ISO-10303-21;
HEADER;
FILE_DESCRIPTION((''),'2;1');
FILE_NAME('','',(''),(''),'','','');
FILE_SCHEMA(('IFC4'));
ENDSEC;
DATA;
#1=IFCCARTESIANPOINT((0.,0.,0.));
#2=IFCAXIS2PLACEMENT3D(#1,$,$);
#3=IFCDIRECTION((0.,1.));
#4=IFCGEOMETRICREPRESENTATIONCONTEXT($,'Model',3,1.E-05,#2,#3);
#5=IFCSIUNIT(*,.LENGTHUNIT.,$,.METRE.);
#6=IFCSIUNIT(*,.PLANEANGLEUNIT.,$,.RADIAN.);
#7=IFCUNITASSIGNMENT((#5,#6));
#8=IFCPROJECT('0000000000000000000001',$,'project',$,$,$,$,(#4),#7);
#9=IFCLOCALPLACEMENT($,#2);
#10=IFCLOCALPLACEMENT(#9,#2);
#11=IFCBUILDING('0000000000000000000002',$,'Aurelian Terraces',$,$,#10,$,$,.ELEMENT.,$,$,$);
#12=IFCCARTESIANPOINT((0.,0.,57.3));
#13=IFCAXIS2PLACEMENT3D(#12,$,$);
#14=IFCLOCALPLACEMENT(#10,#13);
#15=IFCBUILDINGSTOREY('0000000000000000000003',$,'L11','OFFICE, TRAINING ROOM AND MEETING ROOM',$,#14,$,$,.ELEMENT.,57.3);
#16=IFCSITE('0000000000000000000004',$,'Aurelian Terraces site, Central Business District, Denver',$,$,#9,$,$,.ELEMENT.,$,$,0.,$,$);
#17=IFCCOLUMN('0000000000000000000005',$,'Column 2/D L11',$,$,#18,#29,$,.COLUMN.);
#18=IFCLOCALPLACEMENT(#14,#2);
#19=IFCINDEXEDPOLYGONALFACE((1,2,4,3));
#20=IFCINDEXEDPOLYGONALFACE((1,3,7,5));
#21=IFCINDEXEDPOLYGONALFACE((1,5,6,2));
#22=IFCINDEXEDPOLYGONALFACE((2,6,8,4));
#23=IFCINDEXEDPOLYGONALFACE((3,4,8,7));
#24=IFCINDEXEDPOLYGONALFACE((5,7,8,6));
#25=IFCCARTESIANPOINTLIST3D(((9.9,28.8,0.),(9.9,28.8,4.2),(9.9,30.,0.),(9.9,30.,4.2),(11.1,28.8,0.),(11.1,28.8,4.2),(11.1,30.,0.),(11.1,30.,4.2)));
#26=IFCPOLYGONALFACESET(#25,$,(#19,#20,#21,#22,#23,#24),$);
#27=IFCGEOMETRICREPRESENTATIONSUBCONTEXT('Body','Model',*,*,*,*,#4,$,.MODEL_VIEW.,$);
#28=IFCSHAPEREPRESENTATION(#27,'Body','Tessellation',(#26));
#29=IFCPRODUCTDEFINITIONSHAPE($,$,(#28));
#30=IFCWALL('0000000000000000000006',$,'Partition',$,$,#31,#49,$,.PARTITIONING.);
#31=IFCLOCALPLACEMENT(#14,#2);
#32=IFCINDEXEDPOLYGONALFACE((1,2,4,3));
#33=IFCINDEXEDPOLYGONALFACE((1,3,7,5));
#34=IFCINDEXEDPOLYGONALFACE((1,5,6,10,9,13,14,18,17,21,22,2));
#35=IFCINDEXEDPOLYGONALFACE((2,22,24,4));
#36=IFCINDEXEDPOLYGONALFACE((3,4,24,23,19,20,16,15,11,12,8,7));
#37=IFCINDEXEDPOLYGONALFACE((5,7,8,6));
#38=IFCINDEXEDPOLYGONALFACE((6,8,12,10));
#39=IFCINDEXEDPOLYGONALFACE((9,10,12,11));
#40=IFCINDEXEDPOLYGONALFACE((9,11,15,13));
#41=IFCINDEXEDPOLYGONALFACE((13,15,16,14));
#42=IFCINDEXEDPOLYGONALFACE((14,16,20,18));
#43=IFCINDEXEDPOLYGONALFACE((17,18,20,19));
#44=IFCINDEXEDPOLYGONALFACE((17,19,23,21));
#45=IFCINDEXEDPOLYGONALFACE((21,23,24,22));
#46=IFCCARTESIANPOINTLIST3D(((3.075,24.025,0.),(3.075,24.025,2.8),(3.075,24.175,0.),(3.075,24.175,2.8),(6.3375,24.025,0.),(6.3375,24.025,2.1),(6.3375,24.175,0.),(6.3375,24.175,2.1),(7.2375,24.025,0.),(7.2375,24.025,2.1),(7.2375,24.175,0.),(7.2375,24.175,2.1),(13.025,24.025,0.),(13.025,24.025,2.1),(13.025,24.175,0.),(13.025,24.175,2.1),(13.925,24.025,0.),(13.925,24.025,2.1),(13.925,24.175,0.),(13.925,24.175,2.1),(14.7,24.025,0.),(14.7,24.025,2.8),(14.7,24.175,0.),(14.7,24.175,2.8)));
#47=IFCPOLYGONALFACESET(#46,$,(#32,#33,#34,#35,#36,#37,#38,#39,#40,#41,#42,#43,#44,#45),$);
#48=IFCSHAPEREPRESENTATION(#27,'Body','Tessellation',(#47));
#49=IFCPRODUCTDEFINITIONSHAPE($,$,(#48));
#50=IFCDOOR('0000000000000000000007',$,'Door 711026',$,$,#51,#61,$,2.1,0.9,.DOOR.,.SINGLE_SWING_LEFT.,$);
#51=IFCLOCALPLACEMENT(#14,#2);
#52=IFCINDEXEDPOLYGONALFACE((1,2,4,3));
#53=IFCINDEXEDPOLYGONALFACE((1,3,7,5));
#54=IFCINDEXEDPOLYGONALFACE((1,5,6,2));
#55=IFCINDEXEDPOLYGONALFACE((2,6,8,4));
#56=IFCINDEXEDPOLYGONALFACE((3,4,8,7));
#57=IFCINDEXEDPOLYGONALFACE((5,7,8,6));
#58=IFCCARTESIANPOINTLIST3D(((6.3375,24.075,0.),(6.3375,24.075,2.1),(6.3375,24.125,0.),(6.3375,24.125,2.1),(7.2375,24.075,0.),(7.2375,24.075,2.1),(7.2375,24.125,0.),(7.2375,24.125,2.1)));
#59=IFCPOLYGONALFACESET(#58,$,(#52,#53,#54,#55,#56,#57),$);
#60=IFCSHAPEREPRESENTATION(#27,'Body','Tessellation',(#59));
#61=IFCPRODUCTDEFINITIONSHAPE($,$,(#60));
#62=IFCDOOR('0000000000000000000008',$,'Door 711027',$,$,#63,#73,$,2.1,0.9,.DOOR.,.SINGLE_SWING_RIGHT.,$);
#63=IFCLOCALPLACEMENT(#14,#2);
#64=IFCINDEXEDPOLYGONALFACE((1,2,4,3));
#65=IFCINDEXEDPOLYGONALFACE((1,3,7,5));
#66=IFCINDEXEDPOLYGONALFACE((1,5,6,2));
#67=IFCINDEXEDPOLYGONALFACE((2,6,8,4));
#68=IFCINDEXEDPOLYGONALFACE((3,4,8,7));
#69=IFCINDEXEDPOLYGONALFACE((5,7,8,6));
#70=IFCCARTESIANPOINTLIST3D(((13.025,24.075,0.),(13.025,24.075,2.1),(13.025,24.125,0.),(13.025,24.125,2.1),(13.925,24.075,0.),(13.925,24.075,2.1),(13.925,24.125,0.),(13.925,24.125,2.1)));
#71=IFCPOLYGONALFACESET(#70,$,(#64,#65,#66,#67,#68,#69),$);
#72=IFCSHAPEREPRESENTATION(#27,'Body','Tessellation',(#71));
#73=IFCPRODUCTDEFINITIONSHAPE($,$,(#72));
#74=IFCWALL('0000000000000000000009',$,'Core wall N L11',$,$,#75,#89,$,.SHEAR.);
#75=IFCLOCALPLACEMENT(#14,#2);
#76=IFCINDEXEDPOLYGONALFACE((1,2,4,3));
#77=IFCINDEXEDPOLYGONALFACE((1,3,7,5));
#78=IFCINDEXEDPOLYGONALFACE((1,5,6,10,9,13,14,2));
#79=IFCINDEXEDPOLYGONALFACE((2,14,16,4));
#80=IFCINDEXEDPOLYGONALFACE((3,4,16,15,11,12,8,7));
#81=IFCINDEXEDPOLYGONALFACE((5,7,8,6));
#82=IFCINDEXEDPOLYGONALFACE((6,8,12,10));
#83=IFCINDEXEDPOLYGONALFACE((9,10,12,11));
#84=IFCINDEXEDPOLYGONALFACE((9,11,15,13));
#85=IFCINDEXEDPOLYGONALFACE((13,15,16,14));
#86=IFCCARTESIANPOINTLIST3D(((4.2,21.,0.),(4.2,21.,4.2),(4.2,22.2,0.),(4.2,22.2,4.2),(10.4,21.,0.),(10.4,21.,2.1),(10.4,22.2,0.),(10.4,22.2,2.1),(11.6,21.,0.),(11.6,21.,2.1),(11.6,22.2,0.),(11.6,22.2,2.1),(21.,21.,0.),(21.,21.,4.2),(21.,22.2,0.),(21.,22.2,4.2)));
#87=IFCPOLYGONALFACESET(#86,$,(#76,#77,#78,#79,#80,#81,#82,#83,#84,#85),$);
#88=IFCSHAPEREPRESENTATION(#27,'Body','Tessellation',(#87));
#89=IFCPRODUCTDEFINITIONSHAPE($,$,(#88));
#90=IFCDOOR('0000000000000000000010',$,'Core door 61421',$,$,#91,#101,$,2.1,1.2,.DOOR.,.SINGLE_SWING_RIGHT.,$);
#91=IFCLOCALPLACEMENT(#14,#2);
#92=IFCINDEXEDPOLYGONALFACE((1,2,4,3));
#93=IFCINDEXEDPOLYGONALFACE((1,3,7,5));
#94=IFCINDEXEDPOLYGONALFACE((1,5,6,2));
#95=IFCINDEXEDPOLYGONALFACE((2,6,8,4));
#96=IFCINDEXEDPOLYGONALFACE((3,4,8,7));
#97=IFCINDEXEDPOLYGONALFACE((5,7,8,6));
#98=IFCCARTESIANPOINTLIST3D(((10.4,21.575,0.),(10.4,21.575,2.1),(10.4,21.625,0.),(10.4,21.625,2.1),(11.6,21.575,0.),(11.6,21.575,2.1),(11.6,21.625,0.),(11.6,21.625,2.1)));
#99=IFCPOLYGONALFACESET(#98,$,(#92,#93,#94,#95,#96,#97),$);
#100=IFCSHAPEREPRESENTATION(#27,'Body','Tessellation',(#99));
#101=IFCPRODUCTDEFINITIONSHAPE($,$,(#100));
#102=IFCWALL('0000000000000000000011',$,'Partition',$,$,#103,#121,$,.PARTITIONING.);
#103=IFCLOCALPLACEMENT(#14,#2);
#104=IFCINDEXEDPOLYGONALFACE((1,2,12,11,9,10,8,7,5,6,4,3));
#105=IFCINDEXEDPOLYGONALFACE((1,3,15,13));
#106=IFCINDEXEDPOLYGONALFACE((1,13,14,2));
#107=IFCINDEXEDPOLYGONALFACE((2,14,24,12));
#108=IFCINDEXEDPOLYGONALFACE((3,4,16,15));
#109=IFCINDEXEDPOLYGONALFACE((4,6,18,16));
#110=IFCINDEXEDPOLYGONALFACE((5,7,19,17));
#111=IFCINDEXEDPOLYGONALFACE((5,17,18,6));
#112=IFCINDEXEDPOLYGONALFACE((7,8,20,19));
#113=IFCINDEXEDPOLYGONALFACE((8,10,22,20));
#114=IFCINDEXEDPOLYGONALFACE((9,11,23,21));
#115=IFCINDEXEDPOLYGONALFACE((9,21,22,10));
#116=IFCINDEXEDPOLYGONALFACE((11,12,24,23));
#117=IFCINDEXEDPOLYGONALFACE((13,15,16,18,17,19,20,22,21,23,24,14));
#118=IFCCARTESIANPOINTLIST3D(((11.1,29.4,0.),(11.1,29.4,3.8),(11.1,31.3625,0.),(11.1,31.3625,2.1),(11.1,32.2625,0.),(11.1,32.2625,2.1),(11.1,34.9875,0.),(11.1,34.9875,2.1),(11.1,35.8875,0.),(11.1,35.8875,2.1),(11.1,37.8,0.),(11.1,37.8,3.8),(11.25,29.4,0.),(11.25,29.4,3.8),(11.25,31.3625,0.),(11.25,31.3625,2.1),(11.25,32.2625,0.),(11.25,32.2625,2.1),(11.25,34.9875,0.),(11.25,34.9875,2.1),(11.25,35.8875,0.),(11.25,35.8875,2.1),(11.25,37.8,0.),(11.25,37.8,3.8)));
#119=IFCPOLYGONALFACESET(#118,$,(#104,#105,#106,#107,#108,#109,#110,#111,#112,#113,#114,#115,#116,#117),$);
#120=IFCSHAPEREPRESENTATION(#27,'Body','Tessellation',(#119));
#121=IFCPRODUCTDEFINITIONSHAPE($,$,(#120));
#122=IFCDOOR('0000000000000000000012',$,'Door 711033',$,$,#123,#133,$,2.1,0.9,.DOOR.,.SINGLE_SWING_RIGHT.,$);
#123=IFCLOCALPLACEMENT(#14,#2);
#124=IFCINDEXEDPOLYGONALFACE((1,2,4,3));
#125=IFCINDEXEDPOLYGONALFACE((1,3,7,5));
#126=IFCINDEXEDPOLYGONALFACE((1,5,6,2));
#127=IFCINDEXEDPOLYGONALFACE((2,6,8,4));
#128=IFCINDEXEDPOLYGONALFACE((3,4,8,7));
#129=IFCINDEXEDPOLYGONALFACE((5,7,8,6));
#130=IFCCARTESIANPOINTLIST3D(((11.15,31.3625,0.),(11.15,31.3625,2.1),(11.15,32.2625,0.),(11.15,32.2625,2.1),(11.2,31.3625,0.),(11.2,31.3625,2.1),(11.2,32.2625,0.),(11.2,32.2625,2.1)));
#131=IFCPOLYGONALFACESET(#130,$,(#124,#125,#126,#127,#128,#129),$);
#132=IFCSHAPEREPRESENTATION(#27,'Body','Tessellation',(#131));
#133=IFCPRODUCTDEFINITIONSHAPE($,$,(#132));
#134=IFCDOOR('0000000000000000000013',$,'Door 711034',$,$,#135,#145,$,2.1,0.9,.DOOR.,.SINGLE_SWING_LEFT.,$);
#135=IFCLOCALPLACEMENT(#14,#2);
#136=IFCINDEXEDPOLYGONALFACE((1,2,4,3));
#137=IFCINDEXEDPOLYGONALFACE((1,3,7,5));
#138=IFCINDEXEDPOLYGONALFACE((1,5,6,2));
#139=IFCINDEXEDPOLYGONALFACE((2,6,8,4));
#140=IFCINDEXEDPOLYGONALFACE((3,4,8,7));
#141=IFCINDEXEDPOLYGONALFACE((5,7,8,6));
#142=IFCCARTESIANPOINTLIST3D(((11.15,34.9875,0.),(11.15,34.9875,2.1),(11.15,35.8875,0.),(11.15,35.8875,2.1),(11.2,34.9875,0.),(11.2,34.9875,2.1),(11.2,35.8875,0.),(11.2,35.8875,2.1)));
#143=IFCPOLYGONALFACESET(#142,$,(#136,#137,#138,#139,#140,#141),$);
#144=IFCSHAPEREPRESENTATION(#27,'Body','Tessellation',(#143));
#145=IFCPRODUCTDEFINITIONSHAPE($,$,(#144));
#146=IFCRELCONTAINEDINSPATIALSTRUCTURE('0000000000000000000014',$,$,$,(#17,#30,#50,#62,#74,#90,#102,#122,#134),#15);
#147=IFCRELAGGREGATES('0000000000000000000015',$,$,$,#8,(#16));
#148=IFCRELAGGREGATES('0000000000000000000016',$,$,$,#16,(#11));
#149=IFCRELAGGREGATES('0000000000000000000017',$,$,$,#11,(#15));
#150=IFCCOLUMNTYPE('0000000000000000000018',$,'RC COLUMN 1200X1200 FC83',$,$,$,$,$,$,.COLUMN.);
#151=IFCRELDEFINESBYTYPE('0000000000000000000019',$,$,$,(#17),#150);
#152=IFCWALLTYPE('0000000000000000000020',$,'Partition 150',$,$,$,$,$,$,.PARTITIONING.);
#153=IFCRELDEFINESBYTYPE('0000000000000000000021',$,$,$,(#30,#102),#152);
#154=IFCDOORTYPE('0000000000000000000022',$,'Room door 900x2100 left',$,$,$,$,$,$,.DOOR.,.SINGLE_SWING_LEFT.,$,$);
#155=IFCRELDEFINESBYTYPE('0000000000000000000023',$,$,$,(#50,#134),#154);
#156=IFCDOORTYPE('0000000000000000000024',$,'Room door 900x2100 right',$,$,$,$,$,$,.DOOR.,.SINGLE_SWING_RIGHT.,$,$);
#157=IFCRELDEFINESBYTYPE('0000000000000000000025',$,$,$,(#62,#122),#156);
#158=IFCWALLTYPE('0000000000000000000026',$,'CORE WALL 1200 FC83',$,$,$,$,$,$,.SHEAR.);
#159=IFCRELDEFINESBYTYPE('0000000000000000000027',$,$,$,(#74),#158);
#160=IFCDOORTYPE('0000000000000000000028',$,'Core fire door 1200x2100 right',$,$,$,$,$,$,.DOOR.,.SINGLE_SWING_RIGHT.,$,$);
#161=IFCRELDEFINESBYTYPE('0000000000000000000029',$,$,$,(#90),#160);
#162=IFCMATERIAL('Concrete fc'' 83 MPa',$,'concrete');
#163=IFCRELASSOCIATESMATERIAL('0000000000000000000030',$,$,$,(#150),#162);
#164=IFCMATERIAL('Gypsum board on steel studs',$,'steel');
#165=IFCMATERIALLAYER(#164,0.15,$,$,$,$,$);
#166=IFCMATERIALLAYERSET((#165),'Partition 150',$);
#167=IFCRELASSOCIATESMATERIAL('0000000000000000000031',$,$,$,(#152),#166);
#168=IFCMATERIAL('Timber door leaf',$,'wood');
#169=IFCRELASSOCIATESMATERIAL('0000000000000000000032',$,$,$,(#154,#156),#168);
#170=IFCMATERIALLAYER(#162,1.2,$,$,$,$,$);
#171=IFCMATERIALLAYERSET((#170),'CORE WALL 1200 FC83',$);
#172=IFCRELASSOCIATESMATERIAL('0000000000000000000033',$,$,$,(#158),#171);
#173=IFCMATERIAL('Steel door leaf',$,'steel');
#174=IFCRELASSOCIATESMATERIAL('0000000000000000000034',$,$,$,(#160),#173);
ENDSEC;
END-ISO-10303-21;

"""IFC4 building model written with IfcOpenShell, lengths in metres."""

from ifc_helpers import new_model, si_unit, direction, frame, frame_2d, origin, origin_2d, place, context, subcontext, project, spatial, rectangle, extrude, source, transform, mapped, material, layer, layer_set, material_profile, profile_set, type_object, element, fill, save


model = new_model("IFC4")

# Units and contexts
model_context = context("Model", 3, precision=1e-05, world=origin(), true_north=direction((0.0, 1.0)))
body_context = subcontext(model_context, "Body", "Model", "MODEL_VIEW")
ifc_project = project(units=[si_unit("LENGTHUNIT", "METRE"), si_unit("PLANEANGLEUNIT", "RADIAN")], contexts=[model_context])

# Site, building, storey
site_placement = place(None, origin())
site = spatial("IfcSite", under=ifc_project, at=site_placement, Name="Aurelian Terraces site, Central Business District, Denver", CompositionType="ELEMENT", RefElevation=0.0)
building_placement = place(site_placement, origin())
building = spatial("IfcBuilding", under=site, at=building_placement, Name="Aurelian Terraces", CompositionType="ELEMENT")
storey_placement = place(building_placement, frame((0.0, 0.0, 57.3)))
storey = spatial("IfcBuildingStorey", under=building, at=storey_placement, Name="L11", Description="OFFICE, TRAINING ROOM AND MEETING ROOM", CompositionType="ELEMENT", Elevation=57.3)

# Column
ifc_material_1 = material(Name="Concrete fc' 83 MPa", Category="concrete")
ifc_material_profile = material_profile(ifc_material_1, rectangle(XDim=1.2, YDim=1.2, at=origin_2d()))
ifc_profile_set = profile_set([ifc_material_profile], Name="Concrete fc' 83 MPa")
column_type = type_object("IfcColumnType", Name="RC COLUMN 1200X1200 FC83", PredefinedType="COLUMN", material=ifc_profile_set)
shared_shape_1 = source(origin(), body_context, "Body", "SweptSolid", [
    extrude(rectangle(XDim=1.2, YDim=1.2, at=origin_2d()), origin(), (0.0, 0.0, 1.0), 4.2),
])
column_placement = place(storey_placement, frame((10.5, 29.4, 0.0), z_axis=(0.0, 0.0, 1.0), x_axis=(1.0, 0.0, 0.0)))
element("IfcColumn", 1, at=column_placement, inside=storey, type_object=column_type, Name="Column 2/D L11", PredefinedType="COLUMN", context=body_context, shape_type="MappedRepresentation", body=[
    mapped(shared_shape_1, transform((0.0, 0.0, 0.0), scale=1.0)),
])

# Wall, openings, doors
ifc_material_2 = material(Name="Gypsum board on steel studs", Category="steel")
ifc_layer_1 = layer(ifc_material_2, 0.15)
ifc_layer_set_1 = layer_set([ifc_layer_1], Name="Partition 150")
wall_type_1 = type_object("IfcWallType", Name="Partition 150", PredefinedType="PARTITIONING", material=ifc_layer_set_1)
wall_1_placement = place(storey_placement, frame((3.075, 24.1, 0.0), z_axis=(0.0, 0.0, 1.0), x_axis=(1.0, 0.0, 0.0)))
wall_1 = element("IfcWall", 2, at=wall_1_placement, inside=storey, type_object=wall_type_1, Name="Partition", PredefinedType="PARTITIONING", context=body_context, shape_type="SweptSolid", body=[
    extrude(rectangle(XDim=11.625, YDim=0.15, at=frame_2d((5.8125, 0.0))), origin(), (0.0, 0.0, 1.0), 2.8),
])
shared_shape_2 = source(origin(), body_context, "Body", "SweptSolid", [
    extrude(rectangle(XDim=0.9, YDim=2.1, at=frame_2d((0.45, 1.05))), frame((0.0, 0.085, 0.0), z_axis=(0.0, -1.0, 0.0), x_axis=(1.0, 0.0, 0.0)), (0.0, 0.0, 1.0), 0.17),
])
opening_1_placement = place(wall_1_placement, frame((3.2625, 0.0, 0.0)))
opening_1 = element("IfcOpeningElement", 3, at=opening_1_placement, cuts=wall_1, PredefinedType="OPENING", context=body_context, shape_type="MappedRepresentation", body=[
    mapped(shared_shape_2, transform((0.0, 0.0, 0.0), scale=1.0)),
])
opening_2_placement = place(wall_1_placement, frame((9.95, 0.0, 0.0)))
opening_2 = element("IfcOpeningElement", 4, at=opening_2_placement, cuts=wall_1, PredefinedType="OPENING", context=body_context, shape_type="MappedRepresentation", body=[
    mapped(shared_shape_2, transform((0.0, 0.0, 0.0), scale=1.0)),
])
ifc_material_3 = material(Name="Timber door leaf", Category="wood")
door_type_1 = type_object("IfcDoorType", Name="Room door 900x2100 left", OperationType="SINGLE_SWING_LEFT", PredefinedType="DOOR", material=ifc_material_3)
shared_shape_3 = source(origin(), body_context, "Body", "SweptSolid", [
    extrude(rectangle(XDim=0.9, YDim=2.1, at=frame_2d((0.45, 1.05))), frame((0.0, 0.025, 0.0), z_axis=(0.0, -1.0, 0.0), x_axis=(1.0, 0.0, 0.0)), (0.0, 0.0, 1.0), 0.05),
])
door_1_placement = place(opening_1_placement, origin())
door_1 = element("IfcDoor", 5, at=door_1_placement, inside=storey, type_object=door_type_1, Name="Door 711026", OperationType="SINGLE_SWING_LEFT", OverallHeight=2.1, OverallWidth=0.9, PredefinedType="DOOR", context=body_context, shape_type="MappedRepresentation", body=[
    mapped(shared_shape_3, transform((0.0, 0.0, 0.0), scale=1.0)),
])
fill(opening_1, door_1)
door_type_2 = type_object("IfcDoorType", Name="Room door 900x2100 right", OperationType="SINGLE_SWING_RIGHT", PredefinedType="DOOR", material=ifc_material_3)
door_2_placement = place(opening_2_placement, origin())
door_2 = element("IfcDoor", 6, at=door_2_placement, inside=storey, type_object=door_type_2, Name="Door 711027", OperationType="SINGLE_SWING_RIGHT", OverallHeight=2.1, OverallWidth=0.9, PredefinedType="DOOR", context=body_context, shape_type="MappedRepresentation", body=[
    mapped(shared_shape_3, transform((0.0, 0.0, 0.0), scale=1.0)),
])
fill(opening_2, door_2)

# Wall, opening, door
ifc_layer_2 = layer(ifc_material_1, 1.2)
ifc_layer_set_2 = layer_set([ifc_layer_2], Name="CORE WALL 1200 FC83")
wall_type_2 = type_object("IfcWallType", Name="CORE WALL 1200 FC83", PredefinedType="SHEAR", material=ifc_layer_set_2)
shared_shape_4 = source(origin(), body_context, "Body", "SweptSolid", [
    extrude(rectangle(XDim=16.8, YDim=1.2, at=frame_2d((8.4, 0.0))), origin(), (0.0, 0.0, 1.0), 4.2),
])
wall_2_placement = place(storey_placement, frame((4.2, 21.6, 0.0), z_axis=(0.0, 0.0, 1.0), x_axis=(1.0, 0.0, 0.0)))
wall_2 = element("IfcWall", 7, at=wall_2_placement, inside=storey, type_object=wall_type_2, Name="Core wall N L11", PredefinedType="SHEAR", context=body_context, shape_type="MappedRepresentation", body=[
    mapped(shared_shape_4, transform((0.0, 0.0, 0.0), scale=1.0)),
])
shared_shape_5 = source(origin(), body_context, "Body", "SweptSolid", [
    extrude(rectangle(XDim=1.2, YDim=2.1, at=frame_2d((0.6, 1.05))), frame((0.0, 0.61, 0.0), z_axis=(0.0, -1.0, 0.0), x_axis=(1.0, 0.0, 0.0)), (0.0, 0.0, 1.0), 1.22),
])
opening_3_placement = place(wall_2_placement, frame((6.2, 0.0, 0.0)))
opening_3 = element("IfcOpeningElement", 8, at=opening_3_placement, cuts=wall_2, PredefinedType="OPENING", context=body_context, shape_type="MappedRepresentation", body=[
    mapped(shared_shape_5, transform((0.0, 0.0, 0.0), scale=1.0)),
])
ifc_material_4 = material(Name="Steel door leaf", Category="steel")
door_type_3 = type_object("IfcDoorType", Name="Core fire door 1200x2100 right", OperationType="SINGLE_SWING_RIGHT", PredefinedType="DOOR", material=ifc_material_4)
shared_shape_6 = source(origin(), body_context, "Body", "SweptSolid", [
    extrude(rectangle(XDim=1.2, YDim=2.1, at=frame_2d((0.6, 1.05))), frame((0.0, 0.025, 0.0), z_axis=(0.0, -1.0, 0.0), x_axis=(1.0, 0.0, 0.0)), (0.0, 0.0, 1.0), 0.05),
])
door_3_placement = place(opening_3_placement, origin())
door_3 = element("IfcDoor", 9, at=door_3_placement, inside=storey, type_object=door_type_3, Name="Core door 61421", OperationType="SINGLE_SWING_RIGHT", OverallHeight=2.1, OverallWidth=1.2, PredefinedType="DOOR", context=body_context, shape_type="MappedRepresentation", body=[
    mapped(shared_shape_6, transform((0.0, 0.0, 0.0), scale=1.0)),
])
fill(opening_3, door_3)

# Wall, openings, doors
shared_shape_7 = source(origin(), body_context, "Body", "SweptSolid", [
    extrude(rectangle(XDim=8.4, YDim=0.15, at=frame_2d((4.2, 0.0))), origin(), (0.0, 0.0, 1.0), 3.8),
])
wall_3_placement = place(storey_placement, frame((11.175, 29.4, 0.0), z_axis=(0.0, 0.0, 1.0), x_axis=(0.0, 1.0, 0.0)))
wall_3 = element("IfcWall", 10, at=wall_3_placement, inside=storey, type_object=wall_type_1, Name="Partition", PredefinedType="PARTITIONING", context=body_context, shape_type="MappedRepresentation", body=[
    mapped(shared_shape_7, transform((0.0, 0.0, 0.0), scale=1.0)),
])
opening_4_placement = place(wall_3_placement, frame((1.9625, 0.0, 0.0)))
opening_4 = element("IfcOpeningElement", 11, at=opening_4_placement, cuts=wall_3, PredefinedType="OPENING", context=body_context, shape_type="MappedRepresentation", body=[
    mapped(shared_shape_2, transform((0.0, 0.0, 0.0), scale=1.0)),
])
opening_5_placement = place(wall_3_placement, frame((5.5875, 0.0, 0.0)))
opening_5 = element("IfcOpeningElement", 12, at=opening_5_placement, cuts=wall_3, PredefinedType="OPENING", context=body_context, shape_type="MappedRepresentation", body=[
    mapped(shared_shape_2, transform((0.0, 0.0, 0.0), scale=1.0)),
])
door_4_placement = place(opening_4_placement, origin())
door_4 = element("IfcDoor", 13, at=door_4_placement, inside=storey, type_object=door_type_2, Name="Door 711033", OperationType="SINGLE_SWING_RIGHT", OverallHeight=2.1, OverallWidth=0.9, PredefinedType="DOOR", context=body_context, shape_type="MappedRepresentation", body=[
    mapped(shared_shape_3, transform((0.0, 0.0, 0.0), scale=1.0)),
])
fill(opening_4, door_4)
door_5_placement = place(opening_5_placement, origin())
door_5 = element("IfcDoor", 14, at=door_5_placement, inside=storey, type_object=door_type_1, Name="Door 711034", OperationType="SINGLE_SWING_LEFT", OverallHeight=2.1, OverallWidth=0.9, PredefinedType="DOOR", context=body_context, shape_type="MappedRepresentation", body=[
    mapped(shared_shape_3, transform((0.0, 0.0, 0.0), scale=1.0)),
])
fill(opening_5, door_5)

save(model, "model.ifc")
